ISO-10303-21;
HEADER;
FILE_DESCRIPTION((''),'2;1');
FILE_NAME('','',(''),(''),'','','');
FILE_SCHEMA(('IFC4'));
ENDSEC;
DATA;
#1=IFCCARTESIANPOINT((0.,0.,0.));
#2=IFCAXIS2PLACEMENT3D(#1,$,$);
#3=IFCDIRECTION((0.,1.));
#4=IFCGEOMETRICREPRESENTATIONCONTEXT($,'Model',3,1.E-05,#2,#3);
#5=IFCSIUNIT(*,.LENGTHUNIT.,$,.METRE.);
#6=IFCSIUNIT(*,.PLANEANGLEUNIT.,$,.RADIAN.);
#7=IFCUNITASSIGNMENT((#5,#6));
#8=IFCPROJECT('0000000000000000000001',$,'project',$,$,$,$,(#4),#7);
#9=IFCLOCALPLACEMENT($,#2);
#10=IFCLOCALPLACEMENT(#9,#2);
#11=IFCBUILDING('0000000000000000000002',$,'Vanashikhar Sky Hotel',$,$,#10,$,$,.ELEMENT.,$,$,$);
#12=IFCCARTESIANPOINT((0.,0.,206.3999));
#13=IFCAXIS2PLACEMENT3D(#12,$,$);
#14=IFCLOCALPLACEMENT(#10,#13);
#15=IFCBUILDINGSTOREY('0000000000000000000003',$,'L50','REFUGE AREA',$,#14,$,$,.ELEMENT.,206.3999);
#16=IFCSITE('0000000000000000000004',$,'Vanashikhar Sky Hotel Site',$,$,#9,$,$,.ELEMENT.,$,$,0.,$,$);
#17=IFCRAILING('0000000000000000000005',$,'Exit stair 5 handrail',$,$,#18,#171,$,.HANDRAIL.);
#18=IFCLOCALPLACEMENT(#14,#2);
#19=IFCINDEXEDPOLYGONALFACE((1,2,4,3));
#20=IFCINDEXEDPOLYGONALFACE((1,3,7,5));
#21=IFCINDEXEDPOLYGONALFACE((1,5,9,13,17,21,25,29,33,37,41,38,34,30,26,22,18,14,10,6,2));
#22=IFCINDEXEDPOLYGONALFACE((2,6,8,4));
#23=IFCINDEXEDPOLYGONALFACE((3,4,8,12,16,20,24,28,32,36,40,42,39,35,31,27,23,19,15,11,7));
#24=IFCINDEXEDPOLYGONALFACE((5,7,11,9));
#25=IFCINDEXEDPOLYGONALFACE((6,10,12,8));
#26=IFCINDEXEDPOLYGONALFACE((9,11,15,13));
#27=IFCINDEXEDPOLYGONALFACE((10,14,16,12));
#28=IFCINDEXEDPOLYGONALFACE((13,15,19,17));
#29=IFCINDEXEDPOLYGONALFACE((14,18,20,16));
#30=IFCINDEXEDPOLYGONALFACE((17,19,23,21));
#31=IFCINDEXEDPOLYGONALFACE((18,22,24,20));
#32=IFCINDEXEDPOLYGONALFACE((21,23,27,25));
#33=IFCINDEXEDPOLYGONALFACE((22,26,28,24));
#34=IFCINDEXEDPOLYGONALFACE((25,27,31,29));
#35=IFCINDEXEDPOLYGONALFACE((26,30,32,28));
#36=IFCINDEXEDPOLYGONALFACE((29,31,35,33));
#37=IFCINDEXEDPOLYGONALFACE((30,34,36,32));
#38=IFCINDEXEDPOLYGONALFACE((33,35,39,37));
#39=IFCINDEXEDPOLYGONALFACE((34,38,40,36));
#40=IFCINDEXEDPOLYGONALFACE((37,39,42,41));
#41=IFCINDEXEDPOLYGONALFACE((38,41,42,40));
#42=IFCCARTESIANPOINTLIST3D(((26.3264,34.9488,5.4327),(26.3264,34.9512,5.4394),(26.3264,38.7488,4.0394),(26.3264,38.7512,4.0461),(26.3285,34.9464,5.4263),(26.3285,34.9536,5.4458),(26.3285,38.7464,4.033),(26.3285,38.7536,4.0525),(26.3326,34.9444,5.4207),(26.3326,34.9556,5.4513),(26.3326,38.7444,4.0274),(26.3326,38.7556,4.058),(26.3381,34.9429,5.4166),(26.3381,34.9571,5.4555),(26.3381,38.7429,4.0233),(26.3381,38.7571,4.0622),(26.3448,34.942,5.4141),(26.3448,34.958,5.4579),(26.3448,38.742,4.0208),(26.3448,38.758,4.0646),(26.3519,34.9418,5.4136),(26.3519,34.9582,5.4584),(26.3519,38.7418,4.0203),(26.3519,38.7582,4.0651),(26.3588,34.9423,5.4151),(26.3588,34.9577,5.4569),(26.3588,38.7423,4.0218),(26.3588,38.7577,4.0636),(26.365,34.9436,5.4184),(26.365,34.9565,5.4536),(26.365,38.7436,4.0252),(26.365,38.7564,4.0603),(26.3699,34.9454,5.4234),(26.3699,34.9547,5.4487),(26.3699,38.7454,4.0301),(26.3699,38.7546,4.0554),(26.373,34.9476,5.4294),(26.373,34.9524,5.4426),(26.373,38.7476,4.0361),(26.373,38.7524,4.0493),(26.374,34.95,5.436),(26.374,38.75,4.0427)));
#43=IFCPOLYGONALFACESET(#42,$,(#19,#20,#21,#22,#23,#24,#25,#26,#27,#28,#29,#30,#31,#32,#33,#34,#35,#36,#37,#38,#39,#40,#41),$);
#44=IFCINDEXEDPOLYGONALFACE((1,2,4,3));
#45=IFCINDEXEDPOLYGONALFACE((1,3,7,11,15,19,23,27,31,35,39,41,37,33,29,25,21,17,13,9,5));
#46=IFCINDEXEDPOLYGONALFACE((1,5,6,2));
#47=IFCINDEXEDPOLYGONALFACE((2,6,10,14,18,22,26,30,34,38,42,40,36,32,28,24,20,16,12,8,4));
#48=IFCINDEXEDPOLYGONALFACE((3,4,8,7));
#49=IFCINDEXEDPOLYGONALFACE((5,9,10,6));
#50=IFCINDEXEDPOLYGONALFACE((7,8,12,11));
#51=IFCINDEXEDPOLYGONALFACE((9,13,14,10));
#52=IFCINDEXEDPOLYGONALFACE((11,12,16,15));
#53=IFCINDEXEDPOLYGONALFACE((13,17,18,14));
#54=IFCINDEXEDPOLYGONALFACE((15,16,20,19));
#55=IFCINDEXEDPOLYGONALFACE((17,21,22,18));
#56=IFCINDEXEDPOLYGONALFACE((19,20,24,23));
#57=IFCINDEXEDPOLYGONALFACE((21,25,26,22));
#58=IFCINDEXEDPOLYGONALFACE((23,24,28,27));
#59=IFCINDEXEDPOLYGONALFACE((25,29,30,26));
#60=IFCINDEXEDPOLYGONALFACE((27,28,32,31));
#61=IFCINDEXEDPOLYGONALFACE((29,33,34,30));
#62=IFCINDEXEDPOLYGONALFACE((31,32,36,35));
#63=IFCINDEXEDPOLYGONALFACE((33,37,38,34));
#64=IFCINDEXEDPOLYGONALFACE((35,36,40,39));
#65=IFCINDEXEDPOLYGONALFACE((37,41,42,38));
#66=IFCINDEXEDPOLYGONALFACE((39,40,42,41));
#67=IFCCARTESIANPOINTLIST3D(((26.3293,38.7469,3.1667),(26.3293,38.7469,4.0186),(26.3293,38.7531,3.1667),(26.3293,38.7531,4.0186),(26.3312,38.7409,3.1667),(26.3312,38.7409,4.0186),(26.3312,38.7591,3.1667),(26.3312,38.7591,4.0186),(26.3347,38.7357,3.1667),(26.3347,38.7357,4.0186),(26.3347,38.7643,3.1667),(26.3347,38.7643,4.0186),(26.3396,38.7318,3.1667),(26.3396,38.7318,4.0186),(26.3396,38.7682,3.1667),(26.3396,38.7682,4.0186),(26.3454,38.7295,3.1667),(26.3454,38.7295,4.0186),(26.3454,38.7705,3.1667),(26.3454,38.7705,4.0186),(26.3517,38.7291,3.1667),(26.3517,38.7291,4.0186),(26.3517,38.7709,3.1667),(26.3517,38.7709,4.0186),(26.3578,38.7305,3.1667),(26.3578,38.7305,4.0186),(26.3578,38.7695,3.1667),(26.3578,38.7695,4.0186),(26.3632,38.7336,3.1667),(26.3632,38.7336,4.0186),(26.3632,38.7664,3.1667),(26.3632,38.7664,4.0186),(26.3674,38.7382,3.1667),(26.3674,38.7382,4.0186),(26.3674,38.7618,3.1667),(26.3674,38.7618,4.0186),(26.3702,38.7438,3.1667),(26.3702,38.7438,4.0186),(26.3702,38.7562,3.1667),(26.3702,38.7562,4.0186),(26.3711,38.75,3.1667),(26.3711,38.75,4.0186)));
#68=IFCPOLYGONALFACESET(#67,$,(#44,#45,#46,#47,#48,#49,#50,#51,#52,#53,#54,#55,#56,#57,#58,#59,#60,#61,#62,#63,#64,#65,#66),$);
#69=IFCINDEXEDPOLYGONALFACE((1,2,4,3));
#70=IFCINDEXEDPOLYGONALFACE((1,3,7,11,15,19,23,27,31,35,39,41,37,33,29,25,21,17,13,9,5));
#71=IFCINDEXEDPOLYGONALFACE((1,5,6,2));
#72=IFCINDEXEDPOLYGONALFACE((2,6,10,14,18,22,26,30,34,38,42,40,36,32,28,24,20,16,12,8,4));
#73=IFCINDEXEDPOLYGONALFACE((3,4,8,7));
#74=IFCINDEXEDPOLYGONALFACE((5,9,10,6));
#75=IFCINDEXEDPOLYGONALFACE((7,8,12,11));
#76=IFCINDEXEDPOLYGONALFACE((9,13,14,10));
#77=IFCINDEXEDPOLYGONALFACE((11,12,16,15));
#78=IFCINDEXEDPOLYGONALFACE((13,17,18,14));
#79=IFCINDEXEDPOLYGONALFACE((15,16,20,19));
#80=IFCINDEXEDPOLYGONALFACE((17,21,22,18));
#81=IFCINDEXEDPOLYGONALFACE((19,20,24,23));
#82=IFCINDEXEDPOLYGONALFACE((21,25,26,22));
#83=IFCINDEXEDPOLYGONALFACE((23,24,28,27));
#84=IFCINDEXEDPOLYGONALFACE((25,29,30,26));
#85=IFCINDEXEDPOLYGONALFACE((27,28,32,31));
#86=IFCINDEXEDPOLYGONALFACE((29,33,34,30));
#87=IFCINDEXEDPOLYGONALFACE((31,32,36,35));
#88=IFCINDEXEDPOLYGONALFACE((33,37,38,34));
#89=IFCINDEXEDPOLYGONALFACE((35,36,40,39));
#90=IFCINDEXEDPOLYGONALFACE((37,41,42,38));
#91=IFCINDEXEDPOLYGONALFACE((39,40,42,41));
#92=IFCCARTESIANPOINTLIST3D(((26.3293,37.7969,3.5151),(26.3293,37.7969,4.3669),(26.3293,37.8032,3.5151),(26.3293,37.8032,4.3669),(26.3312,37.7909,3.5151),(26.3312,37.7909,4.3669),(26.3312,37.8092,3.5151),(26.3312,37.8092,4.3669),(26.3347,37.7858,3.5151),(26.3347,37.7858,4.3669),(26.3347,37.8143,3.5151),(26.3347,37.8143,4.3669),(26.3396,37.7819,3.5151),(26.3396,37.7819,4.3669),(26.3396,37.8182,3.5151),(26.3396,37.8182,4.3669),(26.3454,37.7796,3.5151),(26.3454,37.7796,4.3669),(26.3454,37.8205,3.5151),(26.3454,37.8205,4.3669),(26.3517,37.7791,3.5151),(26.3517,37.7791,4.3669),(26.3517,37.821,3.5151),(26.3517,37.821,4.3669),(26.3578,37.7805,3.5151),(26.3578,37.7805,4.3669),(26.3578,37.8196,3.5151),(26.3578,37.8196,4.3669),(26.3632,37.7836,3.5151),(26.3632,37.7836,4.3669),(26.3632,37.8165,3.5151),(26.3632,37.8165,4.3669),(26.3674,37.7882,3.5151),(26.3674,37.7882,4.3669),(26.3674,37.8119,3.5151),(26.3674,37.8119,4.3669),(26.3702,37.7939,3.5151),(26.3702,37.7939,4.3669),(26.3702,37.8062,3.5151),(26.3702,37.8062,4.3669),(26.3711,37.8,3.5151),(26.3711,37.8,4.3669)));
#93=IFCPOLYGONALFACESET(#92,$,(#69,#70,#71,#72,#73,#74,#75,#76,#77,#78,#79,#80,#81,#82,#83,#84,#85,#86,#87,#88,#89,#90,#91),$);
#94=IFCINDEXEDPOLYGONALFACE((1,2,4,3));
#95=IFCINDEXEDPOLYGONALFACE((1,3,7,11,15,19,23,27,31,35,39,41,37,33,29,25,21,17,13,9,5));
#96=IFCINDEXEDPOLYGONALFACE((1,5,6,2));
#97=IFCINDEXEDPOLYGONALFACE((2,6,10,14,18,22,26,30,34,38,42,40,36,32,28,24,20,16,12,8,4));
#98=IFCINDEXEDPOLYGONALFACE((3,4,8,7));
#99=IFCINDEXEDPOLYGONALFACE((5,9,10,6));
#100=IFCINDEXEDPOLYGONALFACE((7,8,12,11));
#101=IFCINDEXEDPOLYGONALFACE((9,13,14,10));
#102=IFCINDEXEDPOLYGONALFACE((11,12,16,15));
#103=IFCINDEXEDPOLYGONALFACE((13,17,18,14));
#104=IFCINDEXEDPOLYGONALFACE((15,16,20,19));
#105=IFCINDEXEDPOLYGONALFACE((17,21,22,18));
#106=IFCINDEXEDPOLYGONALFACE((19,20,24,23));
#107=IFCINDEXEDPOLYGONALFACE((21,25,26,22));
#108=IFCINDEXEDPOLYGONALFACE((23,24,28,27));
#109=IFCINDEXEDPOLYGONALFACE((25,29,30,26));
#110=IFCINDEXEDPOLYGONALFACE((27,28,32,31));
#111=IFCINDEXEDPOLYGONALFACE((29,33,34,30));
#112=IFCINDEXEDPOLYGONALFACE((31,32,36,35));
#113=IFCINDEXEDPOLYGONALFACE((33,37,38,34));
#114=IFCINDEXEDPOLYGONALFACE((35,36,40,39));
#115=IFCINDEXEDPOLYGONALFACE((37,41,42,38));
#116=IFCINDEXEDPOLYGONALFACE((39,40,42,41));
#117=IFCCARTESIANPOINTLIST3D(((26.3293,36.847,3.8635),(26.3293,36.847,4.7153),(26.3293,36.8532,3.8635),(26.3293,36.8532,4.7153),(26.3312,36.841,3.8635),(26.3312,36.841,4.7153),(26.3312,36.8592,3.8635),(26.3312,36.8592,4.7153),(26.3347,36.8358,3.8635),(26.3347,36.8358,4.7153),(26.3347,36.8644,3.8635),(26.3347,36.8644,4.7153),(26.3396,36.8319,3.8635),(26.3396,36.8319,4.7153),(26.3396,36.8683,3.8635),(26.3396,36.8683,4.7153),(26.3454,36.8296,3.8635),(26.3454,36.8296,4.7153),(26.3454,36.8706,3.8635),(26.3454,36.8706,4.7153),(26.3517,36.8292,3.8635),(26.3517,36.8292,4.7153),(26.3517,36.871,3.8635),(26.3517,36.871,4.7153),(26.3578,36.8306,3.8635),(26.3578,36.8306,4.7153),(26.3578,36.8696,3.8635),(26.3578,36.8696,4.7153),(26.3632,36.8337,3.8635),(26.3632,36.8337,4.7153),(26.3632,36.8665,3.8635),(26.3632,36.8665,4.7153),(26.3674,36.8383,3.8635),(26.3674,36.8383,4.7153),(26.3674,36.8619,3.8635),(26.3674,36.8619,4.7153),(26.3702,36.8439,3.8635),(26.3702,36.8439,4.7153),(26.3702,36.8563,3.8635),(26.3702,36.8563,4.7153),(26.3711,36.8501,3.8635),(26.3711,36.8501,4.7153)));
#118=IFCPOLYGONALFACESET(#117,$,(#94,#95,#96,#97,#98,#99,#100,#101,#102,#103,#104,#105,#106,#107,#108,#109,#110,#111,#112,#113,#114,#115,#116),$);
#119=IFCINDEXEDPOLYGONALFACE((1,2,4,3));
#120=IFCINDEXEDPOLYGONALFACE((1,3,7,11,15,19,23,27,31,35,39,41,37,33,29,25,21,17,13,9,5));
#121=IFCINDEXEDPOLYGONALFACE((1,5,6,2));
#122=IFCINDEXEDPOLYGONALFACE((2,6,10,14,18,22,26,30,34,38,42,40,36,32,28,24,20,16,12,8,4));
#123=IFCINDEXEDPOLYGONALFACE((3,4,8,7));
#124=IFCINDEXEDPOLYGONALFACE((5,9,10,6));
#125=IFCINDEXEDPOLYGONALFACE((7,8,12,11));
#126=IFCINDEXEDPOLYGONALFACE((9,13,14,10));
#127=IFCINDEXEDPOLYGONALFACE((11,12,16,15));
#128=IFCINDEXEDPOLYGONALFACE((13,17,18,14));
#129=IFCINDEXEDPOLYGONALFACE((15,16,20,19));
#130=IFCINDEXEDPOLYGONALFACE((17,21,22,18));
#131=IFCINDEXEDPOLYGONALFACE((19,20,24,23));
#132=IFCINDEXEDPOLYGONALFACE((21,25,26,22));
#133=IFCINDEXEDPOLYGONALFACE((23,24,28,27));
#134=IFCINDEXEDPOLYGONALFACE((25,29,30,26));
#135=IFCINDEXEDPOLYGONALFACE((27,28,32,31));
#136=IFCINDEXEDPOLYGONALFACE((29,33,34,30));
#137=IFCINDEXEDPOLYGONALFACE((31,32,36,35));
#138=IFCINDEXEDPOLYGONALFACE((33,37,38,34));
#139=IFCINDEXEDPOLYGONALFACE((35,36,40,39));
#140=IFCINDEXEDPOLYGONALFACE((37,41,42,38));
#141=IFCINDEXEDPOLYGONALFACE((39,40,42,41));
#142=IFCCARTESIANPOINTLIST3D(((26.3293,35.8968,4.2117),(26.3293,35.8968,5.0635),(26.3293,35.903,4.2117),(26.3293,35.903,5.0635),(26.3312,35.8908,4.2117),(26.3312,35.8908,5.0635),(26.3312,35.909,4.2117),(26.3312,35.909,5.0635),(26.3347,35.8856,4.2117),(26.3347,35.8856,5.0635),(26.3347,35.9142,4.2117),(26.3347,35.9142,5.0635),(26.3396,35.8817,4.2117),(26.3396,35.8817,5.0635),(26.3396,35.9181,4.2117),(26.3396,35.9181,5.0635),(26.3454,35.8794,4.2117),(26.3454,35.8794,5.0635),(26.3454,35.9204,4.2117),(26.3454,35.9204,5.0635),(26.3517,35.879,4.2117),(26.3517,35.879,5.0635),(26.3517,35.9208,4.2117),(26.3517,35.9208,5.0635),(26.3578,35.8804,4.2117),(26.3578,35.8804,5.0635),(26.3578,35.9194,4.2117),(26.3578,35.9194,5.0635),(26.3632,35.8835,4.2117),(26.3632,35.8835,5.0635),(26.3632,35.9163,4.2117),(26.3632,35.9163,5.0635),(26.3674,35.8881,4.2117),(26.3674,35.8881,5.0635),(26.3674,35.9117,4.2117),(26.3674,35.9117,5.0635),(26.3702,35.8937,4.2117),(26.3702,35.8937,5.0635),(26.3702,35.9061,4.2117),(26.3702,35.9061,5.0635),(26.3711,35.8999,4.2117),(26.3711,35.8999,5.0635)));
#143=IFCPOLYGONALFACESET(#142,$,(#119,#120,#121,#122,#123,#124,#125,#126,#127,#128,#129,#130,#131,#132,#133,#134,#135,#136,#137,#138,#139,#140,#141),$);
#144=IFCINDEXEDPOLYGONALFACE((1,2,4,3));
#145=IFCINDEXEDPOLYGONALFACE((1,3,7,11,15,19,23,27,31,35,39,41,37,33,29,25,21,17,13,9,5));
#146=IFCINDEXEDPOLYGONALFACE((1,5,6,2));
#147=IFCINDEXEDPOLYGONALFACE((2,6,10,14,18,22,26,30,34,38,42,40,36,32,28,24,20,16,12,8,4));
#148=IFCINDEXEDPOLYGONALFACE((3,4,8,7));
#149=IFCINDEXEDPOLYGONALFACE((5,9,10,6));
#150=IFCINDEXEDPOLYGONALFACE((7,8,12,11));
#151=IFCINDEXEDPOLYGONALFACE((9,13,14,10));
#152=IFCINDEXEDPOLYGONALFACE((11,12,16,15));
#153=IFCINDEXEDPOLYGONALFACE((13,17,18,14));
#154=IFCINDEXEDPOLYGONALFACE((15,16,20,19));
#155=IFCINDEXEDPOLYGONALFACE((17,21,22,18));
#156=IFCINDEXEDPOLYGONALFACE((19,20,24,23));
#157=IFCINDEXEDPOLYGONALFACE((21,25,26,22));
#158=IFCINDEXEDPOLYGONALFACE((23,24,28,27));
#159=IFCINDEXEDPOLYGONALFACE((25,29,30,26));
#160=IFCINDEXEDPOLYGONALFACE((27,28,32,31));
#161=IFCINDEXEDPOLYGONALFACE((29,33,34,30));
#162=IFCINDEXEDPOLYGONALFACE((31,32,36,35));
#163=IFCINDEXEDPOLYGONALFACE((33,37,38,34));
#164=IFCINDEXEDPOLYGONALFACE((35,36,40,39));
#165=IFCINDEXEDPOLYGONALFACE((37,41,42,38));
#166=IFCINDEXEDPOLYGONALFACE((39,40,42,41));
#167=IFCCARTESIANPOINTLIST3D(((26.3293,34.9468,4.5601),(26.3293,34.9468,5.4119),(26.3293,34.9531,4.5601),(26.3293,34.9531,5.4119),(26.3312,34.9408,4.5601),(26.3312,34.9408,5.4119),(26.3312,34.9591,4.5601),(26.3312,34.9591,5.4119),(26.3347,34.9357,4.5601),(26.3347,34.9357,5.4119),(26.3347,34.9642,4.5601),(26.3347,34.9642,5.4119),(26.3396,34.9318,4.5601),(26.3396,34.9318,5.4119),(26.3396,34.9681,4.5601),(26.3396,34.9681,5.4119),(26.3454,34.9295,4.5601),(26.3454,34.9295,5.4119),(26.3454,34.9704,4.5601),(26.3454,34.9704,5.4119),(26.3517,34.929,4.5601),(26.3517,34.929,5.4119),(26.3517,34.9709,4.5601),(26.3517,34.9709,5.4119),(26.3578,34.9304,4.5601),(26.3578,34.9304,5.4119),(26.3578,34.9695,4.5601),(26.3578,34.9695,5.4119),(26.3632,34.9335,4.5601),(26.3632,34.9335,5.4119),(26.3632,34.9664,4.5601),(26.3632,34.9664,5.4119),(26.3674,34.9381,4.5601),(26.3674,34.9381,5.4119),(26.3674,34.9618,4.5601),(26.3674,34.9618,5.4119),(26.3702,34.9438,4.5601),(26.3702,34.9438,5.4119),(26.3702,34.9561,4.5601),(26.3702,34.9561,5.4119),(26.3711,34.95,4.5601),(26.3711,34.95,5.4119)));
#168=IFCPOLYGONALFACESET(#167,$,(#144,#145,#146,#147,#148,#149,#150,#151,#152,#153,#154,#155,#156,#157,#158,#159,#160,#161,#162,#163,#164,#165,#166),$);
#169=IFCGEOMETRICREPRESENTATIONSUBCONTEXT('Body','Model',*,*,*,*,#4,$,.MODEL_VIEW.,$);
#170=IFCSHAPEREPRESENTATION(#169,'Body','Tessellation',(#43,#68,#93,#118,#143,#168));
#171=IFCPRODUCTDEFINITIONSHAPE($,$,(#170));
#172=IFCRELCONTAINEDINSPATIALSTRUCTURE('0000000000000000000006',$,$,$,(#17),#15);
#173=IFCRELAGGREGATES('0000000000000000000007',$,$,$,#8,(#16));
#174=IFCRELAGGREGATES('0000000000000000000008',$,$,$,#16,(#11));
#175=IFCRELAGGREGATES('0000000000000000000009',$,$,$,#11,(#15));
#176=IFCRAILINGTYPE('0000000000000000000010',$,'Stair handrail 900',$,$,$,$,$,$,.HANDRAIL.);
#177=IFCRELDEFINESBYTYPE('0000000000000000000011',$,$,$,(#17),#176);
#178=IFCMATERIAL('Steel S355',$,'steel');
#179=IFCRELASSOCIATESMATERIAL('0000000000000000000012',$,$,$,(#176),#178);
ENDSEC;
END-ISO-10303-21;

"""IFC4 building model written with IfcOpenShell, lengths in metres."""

from ifc_helpers import new_model, si_unit, direction, frame, origin, origin_2d, place, context, subcontext, project, spatial, circle, extrude, source, transform, mapped, material, type_object, element, save


model = new_model("IFC4")

# Units and contexts
model_context = context("Model", 3, precision=1e-05, world=origin(), true_north=direction((0.0, 1.0)))
body_context = subcontext(model_context, "Body", "Model", "MODEL_VIEW")
ifc_project = project(units=[si_unit("LENGTHUNIT", "METRE"), si_unit("PLANEANGLEUNIT", "RADIAN")], contexts=[model_context])

# Site, building, storey
site_placement = place(None, origin())
site = spatial("IfcSite", under=ifc_project, at=site_placement, Name="Vanashikhar Sky Hotel Site", CompositionType="ELEMENT", RefElevation=0.0)
building_placement = place(site_placement, origin())
building = spatial("IfcBuilding", under=site, at=building_placement, Name="Vanashikhar Sky Hotel", CompositionType="ELEMENT")
storey_placement = place(building_placement, frame((0.0, 0.0, 206.3999)))
storey = spatial("IfcBuildingStorey", under=building, at=storey_placement, Name="L50", Description="REFUGE AREA", CompositionType="ELEMENT", Elevation=206.3999)

# Railing
ifc_material_1 = material(Name="Steel S355", Category="steel")
railing_type_1 = type_object("IfcRailingType", Name="Stair handrail 900", PredefinedType="HANDRAIL", material=ifc_material_1)
shared_shape_1 = source(origin(), body_context, "Body", "SweptSolid", [
    extrude(circle(Radius=0.0239, at=origin_2d()), frame((0.0, 0.0, 0.876), z_axis=(0.0, -0.93888, 0.344246), x_axis=(1.0, 0.0, 0.0)), (0.0, 0.0, 1.0), 4.0474),
    extrude(circle(Radius=0.021, at=origin_2d()), origin(), (0.0, 0.0, 1.0), 0.8518),
    extrude(circle(Radius=0.021, at=origin_2d()), frame((0.0, -0.95, 0.3484)), (0.0, 0.0, 1.0), 0.8518),
    extrude(circle(Radius=0.021, at=origin_2d()), frame((0.0, -1.8999, 0.6968)), (0.0, 0.0, 1.0), 0.8518),
    extrude(circle(Radius=0.021, at=origin_2d()), frame((0.0, -2.8501, 1.0449)), (0.0, 0.0, 1.0), 0.8518),
    extrude(circle(Radius=0.021, at=origin_2d()), frame((0.0, -3.8, 1.3933)), (0.0, 0.0, 1.0), 0.8518),
])
for number, where, name in (
    (1, (26.3501, 38.75, 3.1667), "Exit stair 5 handrail"),
):
    element("IfcRailing", number, at=place(storey_placement, frame(where)), inside=storey, type_object=railing_type_1, Name=name, PredefinedType="HANDRAIL", context=body_context, shape_type="MappedRepresentation", body=[
        mapped(shared_shape_1, transform((0.0, 0.0, 0.0), scale=1.0)),
    ])

save(model, "model.ifc")
